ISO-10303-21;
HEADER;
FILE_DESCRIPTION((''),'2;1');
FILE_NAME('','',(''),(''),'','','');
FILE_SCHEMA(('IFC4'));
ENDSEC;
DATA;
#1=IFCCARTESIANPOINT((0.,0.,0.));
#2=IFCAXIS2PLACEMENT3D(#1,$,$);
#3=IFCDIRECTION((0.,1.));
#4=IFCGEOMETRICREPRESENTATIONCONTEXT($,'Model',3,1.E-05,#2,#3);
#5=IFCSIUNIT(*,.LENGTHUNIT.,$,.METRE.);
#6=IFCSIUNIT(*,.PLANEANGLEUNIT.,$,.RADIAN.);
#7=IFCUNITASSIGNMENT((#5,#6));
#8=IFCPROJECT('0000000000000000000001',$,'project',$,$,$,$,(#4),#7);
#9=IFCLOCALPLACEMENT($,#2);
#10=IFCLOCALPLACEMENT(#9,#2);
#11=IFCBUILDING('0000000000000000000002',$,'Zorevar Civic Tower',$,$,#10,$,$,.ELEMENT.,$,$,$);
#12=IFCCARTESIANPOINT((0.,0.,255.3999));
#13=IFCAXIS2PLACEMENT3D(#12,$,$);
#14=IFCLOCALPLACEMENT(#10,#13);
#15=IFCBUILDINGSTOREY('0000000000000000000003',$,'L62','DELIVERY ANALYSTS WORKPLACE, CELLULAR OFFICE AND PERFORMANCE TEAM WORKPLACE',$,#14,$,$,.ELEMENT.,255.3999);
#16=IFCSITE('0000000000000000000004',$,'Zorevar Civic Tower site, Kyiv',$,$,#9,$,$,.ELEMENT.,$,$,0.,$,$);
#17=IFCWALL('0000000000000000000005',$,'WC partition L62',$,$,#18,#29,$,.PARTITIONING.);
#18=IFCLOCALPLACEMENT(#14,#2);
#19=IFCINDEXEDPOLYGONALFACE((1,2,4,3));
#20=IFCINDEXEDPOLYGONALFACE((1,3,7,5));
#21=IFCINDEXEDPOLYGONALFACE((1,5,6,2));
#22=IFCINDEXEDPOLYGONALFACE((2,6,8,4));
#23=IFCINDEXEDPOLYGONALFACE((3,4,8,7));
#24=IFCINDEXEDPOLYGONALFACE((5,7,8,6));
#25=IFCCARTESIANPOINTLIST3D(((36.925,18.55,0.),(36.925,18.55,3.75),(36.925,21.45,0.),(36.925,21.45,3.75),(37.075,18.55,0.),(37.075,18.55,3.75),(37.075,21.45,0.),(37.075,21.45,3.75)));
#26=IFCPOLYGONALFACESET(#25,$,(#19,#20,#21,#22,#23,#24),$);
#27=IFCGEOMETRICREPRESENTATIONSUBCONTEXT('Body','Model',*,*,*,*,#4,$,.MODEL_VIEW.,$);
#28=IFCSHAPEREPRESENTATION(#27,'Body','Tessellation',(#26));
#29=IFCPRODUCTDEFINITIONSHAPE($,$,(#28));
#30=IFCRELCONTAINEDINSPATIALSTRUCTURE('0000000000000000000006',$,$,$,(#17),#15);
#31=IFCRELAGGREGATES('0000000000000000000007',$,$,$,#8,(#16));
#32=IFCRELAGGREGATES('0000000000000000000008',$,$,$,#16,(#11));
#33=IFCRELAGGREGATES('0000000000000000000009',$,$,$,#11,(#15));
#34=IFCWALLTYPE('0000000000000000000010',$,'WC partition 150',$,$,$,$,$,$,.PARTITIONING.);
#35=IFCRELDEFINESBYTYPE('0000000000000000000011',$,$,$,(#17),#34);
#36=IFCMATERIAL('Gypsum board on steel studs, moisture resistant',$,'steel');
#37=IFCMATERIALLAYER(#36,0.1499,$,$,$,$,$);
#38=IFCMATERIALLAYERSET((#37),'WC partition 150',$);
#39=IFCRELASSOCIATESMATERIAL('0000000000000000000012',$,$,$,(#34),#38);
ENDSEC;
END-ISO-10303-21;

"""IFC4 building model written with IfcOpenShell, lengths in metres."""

from ifc_helpers import new_model, si_unit, direction, frame, frame_2d, origin, place, context, subcontext, project, spatial, rectangle, extrude, material, layer, layer_set, type_object, element, save


model = new_model("IFC4")

# Units and contexts
model_context = context("Model", 3, precision=1e-05, world=origin(), true_north=direction((0.0, 1.0)))
body_context = subcontext(model_context, "Body", "Model", "MODEL_VIEW")
ifc_project = project(units=[si_unit("LENGTHUNIT", "METRE"), si_unit("PLANEANGLEUNIT", "RADIAN")], contexts=[model_context])

# Site, building, storey
site_placement = place(None, origin())
site = spatial("IfcSite", under=ifc_project, at=site_placement, Name="Zorevar Civic Tower site, Kyiv", CompositionType="ELEMENT", RefElevation=0.0)
building_placement = place(site_placement, origin())
building = spatial("IfcBuilding", under=site, at=building_placement, Name="Zorevar Civic Tower", CompositionType="ELEMENT")
storey_placement = place(building_placement, frame((0.0, 0.0, 255.3999)))
storey = spatial("IfcBuildingStorey", under=building, at=storey_placement, Name="L62", Description="DELIVERY ANALYSTS WORKPLACE, CELLULAR OFFICE AND PERFORMANCE TEAM WORKPLACE", CompositionType="ELEMENT", Elevation=255.3999)

# Wall
ifc_material_1 = material(Name="Gypsum board on steel studs, moisture resistant", Category="steel")
ifc_layer_1 = layer(ifc_material_1, 0.1499)
ifc_layer_set_1 = layer_set([ifc_layer_1], Name="WC partition 150")
wall_type_1 = type_object("IfcWallType", Name="WC partition 150", PredefinedType="PARTITIONING", material=ifc_layer_set_1)
for number, where, z_axis, x_axis, name in (
    (1, (37.0, 18.55, 0.0), (0.0, 0.0, 1.0), (0.0, 1.0, 0.0), "WC partition L62"),
):
    element("IfcWall", number, at=place(storey_placement, frame(where, z_axis=z_axis, x_axis=x_axis)), inside=storey, type_object=wall_type_1, Name=name, PredefinedType="PARTITIONING", context=body_context, shape_type="SweptSolid", body=[
        extrude(rectangle(XDim=2.8999, YDim=0.1499, at=frame_2d((1.45, 0.0))), origin(), (0.0, 0.0, 1.0), 3.75),
    ])

save(model, "model.ifc")
